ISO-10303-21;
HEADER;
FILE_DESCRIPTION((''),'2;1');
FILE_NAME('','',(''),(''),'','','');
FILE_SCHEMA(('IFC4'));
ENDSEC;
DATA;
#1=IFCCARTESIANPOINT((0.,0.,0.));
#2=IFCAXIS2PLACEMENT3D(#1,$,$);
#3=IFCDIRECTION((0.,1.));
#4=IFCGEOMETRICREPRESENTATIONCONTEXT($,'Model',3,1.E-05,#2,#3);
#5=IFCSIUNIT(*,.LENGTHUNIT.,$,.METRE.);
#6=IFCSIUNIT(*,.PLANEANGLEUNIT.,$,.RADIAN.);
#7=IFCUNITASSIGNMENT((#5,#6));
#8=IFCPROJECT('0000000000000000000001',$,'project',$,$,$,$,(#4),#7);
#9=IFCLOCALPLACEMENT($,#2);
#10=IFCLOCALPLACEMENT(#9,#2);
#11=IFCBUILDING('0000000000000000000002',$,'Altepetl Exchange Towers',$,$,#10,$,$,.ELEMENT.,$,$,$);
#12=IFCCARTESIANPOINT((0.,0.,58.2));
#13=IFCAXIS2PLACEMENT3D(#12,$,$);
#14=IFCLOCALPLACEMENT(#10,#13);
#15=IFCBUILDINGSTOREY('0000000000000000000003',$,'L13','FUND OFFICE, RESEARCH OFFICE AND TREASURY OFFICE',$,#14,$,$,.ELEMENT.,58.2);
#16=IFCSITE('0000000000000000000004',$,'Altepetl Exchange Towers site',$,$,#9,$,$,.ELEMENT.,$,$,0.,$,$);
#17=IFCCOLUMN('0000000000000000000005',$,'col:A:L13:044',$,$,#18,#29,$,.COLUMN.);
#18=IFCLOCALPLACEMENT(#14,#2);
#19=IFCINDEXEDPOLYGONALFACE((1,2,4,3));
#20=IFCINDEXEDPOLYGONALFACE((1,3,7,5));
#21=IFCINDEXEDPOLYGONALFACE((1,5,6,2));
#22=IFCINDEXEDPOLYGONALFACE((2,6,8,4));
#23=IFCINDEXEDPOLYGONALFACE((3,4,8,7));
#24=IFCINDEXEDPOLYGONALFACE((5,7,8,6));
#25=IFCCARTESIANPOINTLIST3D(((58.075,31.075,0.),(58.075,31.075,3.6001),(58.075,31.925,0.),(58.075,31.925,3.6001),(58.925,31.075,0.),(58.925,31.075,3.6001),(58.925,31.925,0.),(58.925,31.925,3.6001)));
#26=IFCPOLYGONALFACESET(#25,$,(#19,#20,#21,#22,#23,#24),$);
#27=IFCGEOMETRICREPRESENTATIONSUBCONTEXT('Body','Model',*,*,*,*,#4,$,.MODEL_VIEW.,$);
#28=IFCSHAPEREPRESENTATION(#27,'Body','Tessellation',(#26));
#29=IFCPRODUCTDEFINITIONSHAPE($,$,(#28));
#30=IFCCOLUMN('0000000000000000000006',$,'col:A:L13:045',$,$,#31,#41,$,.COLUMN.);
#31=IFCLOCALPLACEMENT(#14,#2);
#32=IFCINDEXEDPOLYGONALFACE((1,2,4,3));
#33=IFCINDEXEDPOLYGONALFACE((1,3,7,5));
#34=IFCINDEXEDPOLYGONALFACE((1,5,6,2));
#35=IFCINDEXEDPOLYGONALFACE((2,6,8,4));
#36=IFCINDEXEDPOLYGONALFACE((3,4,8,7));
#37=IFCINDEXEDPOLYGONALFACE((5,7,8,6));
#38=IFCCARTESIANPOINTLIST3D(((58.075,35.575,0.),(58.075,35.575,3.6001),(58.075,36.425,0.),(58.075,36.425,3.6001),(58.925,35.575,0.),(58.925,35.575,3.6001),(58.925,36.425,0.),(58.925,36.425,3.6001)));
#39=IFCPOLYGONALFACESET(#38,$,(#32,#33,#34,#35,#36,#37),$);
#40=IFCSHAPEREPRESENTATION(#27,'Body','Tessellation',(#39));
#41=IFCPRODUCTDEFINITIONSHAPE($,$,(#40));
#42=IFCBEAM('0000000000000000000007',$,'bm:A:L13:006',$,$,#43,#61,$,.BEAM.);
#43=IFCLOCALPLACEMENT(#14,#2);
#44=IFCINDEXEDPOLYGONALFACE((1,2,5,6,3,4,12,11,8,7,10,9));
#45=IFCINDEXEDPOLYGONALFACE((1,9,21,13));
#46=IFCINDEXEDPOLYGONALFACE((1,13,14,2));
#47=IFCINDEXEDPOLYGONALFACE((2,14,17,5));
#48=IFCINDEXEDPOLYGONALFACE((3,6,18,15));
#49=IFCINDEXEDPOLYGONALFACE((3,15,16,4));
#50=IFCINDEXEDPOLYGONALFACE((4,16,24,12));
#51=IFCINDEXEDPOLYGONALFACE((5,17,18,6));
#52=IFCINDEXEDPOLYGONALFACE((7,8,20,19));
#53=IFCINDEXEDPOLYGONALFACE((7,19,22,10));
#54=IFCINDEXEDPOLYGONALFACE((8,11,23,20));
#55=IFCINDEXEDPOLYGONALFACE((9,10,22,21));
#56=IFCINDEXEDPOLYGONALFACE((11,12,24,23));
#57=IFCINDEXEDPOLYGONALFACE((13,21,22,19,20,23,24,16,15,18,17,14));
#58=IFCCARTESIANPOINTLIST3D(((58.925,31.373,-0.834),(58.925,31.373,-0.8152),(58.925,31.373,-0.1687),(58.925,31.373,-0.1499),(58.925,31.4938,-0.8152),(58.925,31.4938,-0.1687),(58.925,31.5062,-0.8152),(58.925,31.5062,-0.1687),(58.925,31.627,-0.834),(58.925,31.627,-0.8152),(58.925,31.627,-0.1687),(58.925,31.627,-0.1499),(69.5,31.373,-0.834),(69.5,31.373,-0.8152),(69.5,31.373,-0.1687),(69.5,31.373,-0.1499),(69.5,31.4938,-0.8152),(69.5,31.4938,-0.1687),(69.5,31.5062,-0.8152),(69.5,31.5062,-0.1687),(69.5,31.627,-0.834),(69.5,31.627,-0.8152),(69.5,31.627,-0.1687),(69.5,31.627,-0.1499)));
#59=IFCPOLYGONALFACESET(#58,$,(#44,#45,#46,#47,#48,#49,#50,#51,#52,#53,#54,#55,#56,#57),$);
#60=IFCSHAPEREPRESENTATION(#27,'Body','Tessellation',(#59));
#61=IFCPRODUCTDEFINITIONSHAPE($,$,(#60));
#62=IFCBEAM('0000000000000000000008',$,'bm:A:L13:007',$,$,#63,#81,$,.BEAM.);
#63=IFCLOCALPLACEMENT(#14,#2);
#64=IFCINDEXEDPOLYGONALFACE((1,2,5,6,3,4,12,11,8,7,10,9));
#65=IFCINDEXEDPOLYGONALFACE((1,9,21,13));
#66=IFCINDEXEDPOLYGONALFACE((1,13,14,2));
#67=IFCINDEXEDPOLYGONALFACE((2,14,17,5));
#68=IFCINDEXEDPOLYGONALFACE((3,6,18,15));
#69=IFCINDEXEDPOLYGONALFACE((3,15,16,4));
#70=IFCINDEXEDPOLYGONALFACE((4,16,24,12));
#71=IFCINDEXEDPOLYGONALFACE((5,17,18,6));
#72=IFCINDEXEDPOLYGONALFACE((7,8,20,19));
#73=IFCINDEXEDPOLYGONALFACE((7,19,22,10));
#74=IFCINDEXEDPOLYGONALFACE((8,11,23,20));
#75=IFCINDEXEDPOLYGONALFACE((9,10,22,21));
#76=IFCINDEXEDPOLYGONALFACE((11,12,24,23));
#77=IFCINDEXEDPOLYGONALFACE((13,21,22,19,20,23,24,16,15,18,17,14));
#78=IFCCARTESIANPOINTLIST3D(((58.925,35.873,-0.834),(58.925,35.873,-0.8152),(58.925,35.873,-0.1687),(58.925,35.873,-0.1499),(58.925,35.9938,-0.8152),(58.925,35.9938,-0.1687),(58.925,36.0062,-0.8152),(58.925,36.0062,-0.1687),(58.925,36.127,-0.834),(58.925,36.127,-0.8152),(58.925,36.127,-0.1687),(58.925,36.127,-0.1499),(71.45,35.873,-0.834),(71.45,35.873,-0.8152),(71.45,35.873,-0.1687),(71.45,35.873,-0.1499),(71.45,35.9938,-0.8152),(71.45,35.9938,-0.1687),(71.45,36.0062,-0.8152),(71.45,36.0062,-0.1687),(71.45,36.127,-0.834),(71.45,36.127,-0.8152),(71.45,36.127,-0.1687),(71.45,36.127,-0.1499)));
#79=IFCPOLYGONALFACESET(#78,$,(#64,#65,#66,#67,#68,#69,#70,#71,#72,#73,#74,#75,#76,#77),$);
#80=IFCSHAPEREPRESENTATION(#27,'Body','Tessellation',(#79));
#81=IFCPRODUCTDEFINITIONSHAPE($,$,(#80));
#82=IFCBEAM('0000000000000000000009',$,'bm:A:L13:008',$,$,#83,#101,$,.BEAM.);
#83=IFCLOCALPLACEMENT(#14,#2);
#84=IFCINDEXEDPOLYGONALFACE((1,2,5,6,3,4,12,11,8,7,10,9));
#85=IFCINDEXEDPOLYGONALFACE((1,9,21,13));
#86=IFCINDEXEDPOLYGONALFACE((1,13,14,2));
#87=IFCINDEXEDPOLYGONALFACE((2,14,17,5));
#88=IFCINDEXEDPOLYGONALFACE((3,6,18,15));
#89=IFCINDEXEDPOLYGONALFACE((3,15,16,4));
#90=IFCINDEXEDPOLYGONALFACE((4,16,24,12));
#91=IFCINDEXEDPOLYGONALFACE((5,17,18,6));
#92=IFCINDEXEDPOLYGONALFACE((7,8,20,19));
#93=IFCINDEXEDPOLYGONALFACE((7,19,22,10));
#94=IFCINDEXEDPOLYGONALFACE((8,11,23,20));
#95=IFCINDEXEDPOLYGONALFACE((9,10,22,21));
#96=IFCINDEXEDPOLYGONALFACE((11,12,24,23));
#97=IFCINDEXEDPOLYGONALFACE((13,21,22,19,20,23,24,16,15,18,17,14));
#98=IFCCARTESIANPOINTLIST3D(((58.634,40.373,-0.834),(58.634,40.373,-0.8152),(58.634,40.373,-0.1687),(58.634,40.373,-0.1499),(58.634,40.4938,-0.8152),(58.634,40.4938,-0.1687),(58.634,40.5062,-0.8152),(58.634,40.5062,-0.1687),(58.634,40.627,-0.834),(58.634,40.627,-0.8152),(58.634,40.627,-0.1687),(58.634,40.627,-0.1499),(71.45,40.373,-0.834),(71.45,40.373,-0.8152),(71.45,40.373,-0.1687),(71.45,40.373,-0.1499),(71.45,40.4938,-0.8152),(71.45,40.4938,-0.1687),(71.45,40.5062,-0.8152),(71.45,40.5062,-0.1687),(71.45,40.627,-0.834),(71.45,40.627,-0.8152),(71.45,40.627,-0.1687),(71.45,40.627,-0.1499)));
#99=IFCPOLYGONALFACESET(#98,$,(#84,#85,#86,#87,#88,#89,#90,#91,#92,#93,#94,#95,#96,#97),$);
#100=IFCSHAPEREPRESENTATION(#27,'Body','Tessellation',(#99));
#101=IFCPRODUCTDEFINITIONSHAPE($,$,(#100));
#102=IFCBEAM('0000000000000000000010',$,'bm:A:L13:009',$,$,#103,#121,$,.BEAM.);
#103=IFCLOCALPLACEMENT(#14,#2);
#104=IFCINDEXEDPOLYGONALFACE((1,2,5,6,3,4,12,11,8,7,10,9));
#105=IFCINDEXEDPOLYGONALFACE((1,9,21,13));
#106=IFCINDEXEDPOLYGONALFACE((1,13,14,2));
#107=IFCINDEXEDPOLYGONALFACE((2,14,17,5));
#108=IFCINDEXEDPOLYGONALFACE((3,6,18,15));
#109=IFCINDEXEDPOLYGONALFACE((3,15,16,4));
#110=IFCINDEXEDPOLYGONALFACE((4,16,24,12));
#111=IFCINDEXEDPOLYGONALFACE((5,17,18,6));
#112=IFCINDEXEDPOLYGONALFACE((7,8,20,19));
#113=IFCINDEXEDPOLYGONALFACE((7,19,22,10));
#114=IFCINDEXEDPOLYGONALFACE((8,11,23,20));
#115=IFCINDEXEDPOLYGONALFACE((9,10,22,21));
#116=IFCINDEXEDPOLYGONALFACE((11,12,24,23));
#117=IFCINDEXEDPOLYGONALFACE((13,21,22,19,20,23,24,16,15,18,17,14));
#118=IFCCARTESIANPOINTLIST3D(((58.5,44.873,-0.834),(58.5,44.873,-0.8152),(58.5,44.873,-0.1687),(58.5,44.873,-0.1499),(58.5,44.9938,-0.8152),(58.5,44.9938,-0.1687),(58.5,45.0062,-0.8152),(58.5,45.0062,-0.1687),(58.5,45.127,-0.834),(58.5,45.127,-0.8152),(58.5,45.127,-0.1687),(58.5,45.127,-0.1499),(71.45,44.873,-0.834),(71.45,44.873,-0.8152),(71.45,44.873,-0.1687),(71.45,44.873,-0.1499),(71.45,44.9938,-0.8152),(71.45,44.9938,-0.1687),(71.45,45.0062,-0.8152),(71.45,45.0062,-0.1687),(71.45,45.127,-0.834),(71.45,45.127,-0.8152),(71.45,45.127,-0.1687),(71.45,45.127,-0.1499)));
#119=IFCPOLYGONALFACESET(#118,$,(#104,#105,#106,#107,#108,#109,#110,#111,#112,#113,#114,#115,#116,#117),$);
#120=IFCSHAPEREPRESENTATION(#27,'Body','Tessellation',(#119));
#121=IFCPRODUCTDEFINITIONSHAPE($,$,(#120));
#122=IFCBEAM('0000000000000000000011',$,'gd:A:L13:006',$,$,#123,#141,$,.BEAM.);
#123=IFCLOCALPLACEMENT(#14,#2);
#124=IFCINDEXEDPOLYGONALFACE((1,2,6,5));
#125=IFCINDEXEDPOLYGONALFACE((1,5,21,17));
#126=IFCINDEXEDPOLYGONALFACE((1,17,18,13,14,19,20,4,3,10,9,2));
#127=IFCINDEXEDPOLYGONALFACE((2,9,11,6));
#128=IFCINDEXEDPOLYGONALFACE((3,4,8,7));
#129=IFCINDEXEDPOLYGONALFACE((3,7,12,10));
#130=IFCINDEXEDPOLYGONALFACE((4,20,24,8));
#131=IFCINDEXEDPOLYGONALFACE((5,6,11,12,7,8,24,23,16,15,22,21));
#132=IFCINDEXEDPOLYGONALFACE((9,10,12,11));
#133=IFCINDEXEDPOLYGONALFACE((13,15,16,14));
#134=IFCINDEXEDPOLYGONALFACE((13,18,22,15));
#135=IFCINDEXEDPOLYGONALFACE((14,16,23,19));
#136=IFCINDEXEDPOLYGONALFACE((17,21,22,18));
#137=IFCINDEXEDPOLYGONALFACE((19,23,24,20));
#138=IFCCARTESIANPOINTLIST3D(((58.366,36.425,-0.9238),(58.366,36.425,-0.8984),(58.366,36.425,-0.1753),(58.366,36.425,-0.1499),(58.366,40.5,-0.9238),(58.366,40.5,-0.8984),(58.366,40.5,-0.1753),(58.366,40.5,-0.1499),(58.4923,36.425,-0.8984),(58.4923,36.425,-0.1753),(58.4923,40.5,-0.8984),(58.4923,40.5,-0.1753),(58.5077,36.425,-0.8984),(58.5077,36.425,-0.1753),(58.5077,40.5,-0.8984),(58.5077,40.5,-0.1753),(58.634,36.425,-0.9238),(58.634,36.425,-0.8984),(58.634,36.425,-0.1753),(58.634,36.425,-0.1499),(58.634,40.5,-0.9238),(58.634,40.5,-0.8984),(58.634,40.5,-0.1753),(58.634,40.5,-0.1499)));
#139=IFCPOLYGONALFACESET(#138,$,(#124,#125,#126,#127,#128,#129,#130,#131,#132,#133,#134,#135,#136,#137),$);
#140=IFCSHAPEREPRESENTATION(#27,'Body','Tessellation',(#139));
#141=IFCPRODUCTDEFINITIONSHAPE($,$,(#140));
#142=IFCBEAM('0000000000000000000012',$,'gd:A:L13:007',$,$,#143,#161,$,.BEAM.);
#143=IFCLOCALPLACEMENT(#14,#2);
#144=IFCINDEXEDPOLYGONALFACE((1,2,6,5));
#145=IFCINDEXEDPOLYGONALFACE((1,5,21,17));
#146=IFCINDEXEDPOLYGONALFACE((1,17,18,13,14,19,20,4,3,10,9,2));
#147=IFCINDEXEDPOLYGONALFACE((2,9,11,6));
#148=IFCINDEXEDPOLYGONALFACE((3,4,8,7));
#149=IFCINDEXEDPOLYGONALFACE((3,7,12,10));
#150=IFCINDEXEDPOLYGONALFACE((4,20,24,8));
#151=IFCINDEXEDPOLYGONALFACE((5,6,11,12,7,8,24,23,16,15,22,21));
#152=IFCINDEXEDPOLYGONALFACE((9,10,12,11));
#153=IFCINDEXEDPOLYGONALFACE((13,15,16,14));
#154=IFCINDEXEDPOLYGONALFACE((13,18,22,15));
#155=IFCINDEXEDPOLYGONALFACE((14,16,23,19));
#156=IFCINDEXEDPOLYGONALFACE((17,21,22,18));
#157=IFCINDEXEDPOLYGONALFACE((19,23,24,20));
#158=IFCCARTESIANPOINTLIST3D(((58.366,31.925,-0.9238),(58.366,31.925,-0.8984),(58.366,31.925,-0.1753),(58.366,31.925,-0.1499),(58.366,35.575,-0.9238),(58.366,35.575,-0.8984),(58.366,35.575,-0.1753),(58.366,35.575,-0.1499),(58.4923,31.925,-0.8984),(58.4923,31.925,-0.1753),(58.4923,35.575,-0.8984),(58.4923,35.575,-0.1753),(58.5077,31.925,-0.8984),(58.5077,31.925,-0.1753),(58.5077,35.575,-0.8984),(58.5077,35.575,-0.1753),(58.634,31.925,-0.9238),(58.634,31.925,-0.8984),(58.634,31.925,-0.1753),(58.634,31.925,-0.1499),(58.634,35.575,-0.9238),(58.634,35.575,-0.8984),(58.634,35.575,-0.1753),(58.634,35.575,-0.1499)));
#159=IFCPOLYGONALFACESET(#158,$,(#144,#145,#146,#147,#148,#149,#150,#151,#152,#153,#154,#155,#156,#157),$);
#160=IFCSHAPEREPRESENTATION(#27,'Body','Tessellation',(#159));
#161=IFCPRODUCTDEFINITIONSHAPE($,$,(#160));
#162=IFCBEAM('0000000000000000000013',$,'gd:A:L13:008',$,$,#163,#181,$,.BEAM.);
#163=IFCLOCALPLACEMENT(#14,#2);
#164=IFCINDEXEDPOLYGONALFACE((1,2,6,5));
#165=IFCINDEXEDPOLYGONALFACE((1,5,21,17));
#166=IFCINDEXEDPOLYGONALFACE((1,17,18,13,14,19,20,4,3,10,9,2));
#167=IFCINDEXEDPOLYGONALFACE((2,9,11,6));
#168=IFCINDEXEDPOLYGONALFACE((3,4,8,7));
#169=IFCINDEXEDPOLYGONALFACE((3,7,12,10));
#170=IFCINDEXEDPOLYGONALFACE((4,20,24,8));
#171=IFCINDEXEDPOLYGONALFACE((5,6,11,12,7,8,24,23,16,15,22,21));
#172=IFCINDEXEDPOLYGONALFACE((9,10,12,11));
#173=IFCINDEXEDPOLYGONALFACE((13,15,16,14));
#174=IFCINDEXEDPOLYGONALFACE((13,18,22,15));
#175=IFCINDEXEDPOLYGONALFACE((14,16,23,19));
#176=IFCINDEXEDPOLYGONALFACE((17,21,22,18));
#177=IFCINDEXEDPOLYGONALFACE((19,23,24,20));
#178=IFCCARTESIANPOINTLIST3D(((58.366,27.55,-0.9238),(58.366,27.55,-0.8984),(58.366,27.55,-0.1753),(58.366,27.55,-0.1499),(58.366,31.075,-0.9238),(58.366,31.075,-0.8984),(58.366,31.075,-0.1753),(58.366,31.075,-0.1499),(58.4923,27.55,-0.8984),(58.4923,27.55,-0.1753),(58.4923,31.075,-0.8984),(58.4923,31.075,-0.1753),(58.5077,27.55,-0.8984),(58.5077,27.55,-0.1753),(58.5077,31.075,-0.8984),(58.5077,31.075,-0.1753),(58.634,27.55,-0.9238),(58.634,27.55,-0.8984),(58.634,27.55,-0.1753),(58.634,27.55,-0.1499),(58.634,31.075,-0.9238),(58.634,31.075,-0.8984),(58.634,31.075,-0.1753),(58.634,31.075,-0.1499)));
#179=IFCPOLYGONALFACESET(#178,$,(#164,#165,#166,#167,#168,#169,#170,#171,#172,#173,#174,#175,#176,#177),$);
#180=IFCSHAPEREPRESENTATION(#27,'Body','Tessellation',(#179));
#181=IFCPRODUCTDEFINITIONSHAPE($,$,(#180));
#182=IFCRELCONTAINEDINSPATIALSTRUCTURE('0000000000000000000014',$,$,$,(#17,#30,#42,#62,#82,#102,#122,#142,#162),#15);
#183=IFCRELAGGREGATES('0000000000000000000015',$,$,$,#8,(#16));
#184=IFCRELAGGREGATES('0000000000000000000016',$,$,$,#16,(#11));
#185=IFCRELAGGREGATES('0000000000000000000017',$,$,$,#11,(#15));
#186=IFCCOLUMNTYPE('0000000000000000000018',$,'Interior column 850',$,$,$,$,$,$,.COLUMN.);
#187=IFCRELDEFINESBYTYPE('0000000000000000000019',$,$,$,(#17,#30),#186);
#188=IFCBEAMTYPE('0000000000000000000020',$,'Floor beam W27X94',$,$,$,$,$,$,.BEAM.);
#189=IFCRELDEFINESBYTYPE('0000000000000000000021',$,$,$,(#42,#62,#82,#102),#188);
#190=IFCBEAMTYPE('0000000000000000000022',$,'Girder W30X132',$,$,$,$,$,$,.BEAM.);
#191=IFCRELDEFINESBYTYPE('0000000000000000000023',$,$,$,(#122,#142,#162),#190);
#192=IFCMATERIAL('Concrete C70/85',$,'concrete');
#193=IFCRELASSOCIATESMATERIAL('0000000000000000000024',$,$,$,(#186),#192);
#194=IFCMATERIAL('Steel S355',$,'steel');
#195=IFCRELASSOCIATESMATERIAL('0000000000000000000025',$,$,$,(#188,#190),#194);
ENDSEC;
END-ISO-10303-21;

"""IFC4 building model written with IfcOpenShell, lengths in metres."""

from ifc_helpers import new_model, si_unit, direction, frame, origin, origin_2d, place, context, subcontext, project, spatial, rectangle, i_section, extrude, material, material_profile, profile_set, type_object, element, save


model = new_model("IFC4")

# Units and contexts
model_context = context("Model", 3, precision=1e-05, world=origin(), true_north=direction((0.0, 1.0)))
body_context = subcontext(model_context, "Body", "Model", "MODEL_VIEW")
ifc_project = project(units=[si_unit("LENGTHUNIT", "METRE"), si_unit("PLANEANGLEUNIT", "RADIAN")], contexts=[model_context])

# Site, building, storey
site_placement = place(None, origin())
site = spatial("IfcSite", under=ifc_project, at=site_placement, Name="Altepetl Exchange Towers site", CompositionType="ELEMENT", RefElevation=0.0)
building_placement = place(site_placement, origin())
building = spatial("IfcBuilding", under=site, at=building_placement, Name="Altepetl Exchange Towers", CompositionType="ELEMENT")
storey_placement = place(building_placement, frame((0.0, 0.0, 58.2)))
storey = spatial("IfcBuildingStorey", under=building, at=storey_placement, Name="L13", Description="FUND OFFICE, RESEARCH OFFICE AND TREASURY OFFICE", CompositionType="ELEMENT", Elevation=58.2)

# Columns
ifc_material_1 = material(Name="Concrete C70/85", Category="concrete")
ifc_material_profile_1 = material_profile(ifc_material_1, rectangle(XDim=0.8501, YDim=0.8501, at=origin_2d()), Name="850 x 850")
ifc_profile_set_1 = profile_set([ifc_material_profile_1], Name="Concrete C70/85")
column_type = type_object("IfcColumnType", Name="Interior column 850", PredefinedType="COLUMN", material=ifc_profile_set_1)
for number, where, name in (
    (1, (58.5, 31.5, 0.0), "col:A:L13:044"),
    (2, (58.5, 36.0, 0.0), "col:A:L13:045"),
):
    element("IfcColumn", number, at=place(storey_placement, frame(where)), inside=storey, type_object=column_type, Name=name, PredefinedType="COLUMN", context=body_context, shape_type="SweptSolid", body=[
        extrude(rectangle(XDim=0.8501, YDim=0.8501, at=origin_2d()), origin(), (0.0, 0.0, 1.0), 3.6001),
    ])

# Beams
ifc_material_2 = material(Name="Steel S355", Category="steel")
ifc_material_profile_2 = material_profile(ifc_material_2, i_section(OverallWidth=0.2539, OverallDepth=0.6841, WebThickness=0.0125, FlangeThickness=0.0188, at=origin_2d()), Name="W27X94")
ifc_profile_set_2 = profile_set([ifc_material_profile_2], Name="Steel S355")
beam_type_1 = type_object("IfcBeamType", Name="Floor beam W27X94", PredefinedType="BEAM", material=ifc_profile_set_2)
beam_1_placement = place(storey_placement, frame((58.925, 31.5, -0.4919), z_axis=(1.0, 0.0, 0.0), x_axis=(0.0, 1.0, 0.0)))
element("IfcBeam", 3, at=beam_1_placement, inside=storey, type_object=beam_type_1, Name="bm:A:L13:006", PredefinedType="BEAM", context=body_context, shape_type="SweptSolid", body=[
    extrude(i_section(OverallWidth=0.2539, OverallDepth=0.6841, WebThickness=0.0125, FlangeThickness=0.0188, at=origin_2d()), origin(), (0.0, 0.0, 1.0), 10.575),
])
beam_2_placement = place(storey_placement, frame((58.925, 36.0, -0.4919), z_axis=(1.0, 0.0, 0.0), x_axis=(0.0, 1.0, 0.0)))
element("IfcBeam", 4, at=beam_2_placement, inside=storey, type_object=beam_type_1, Name="bm:A:L13:007", PredefinedType="BEAM", context=body_context, shape_type="SweptSolid", body=[
    extrude(i_section(OverallWidth=0.2539, OverallDepth=0.6841, WebThickness=0.0125, FlangeThickness=0.0188, at=origin_2d()), origin(), (0.0, 0.0, 1.0), 12.5249),
])
beam_3_placement = place(storey_placement, frame((58.634, 40.5, -0.4919), z_axis=(1.0, 0.0, 0.0), x_axis=(0.0, 1.0, 0.0)))
element("IfcBeam", 5, at=beam_3_placement, inside=storey, type_object=beam_type_1, Name="bm:A:L13:008", PredefinedType="BEAM", context=body_context, shape_type="SweptSolid", body=[
    extrude(i_section(OverallWidth=0.2539, OverallDepth=0.6841, WebThickness=0.0125, FlangeThickness=0.0188, at=origin_2d()), origin(), (0.0, 0.0, 1.0), 12.8159),
])
beam_4_placement = place(storey_placement, frame((58.5, 45.0, -0.4919), z_axis=(1.0, 0.0, 0.0), x_axis=(0.0, 1.0, 0.0)))
element("IfcBeam", 6, at=beam_4_placement, inside=storey, type_object=beam_type_1, Name="bm:A:L13:009", PredefinedType="BEAM", context=body_context, shape_type="SweptSolid", body=[
    extrude(i_section(OverallWidth=0.2539, OverallDepth=0.6841, WebThickness=0.0125, FlangeThickness=0.0188, at=origin_2d()), origin(), (0.0, 0.0, 1.0), 12.95),
])
ifc_material_profile_3 = material_profile(ifc_material_2, i_section(OverallWidth=0.2681, OverallDepth=0.7739, WebThickness=0.0154, FlangeThickness=0.0254, at=origin_2d()), Name="W30X132")
ifc_profile_set_3 = profile_set([ifc_material_profile_3], Name="Steel S355")
beam_type_2 = type_object("IfcBeamType", Name="Girder W30X132", PredefinedType="BEAM", material=ifc_profile_set_3)
beam_5_placement = place(storey_placement, frame((58.5, 40.5, -0.5369), z_axis=(0.0, -1.0, 0.0), x_axis=(1.0, 0.0, 0.0)))
element("IfcBeam", 7, at=beam_5_placement, inside=storey, type_object=beam_type_2, Name="gd:A:L13:006", PredefinedType="BEAM", context=body_context, shape_type="SweptSolid", body=[
    extrude(i_section(OverallWidth=0.2681, OverallDepth=0.7739, WebThickness=0.0154, FlangeThickness=0.0254, at=origin_2d()), origin(), (0.0, 0.0, 1.0), 4.075),
])
beam_6_placement = place(storey_placement, frame((58.5, 35.575, -0.5369), z_axis=(0.0, -1.0, 0.0), x_axis=(1.0, 0.0, 0.0)))
element("IfcBeam", 8, at=beam_6_placement, inside=storey, type_object=beam_type_2, Name="gd:A:L13:007", PredefinedType="BEAM", context=body_context, shape_type="SweptSolid", body=[
    extrude(i_section(OverallWidth=0.2681, OverallDepth=0.7739, WebThickness=0.0154, FlangeThickness=0.0254, at=origin_2d()), origin(), (0.0, 0.0, 1.0), 3.6499),
])
beam_7_placement = place(storey_placement, frame((58.5, 31.075, -0.5369), z_axis=(0.0, -1.0, 0.0), x_axis=(1.0, 0.0, 0.0)))
element("IfcBeam", 9, at=beam_7_placement, inside=storey, type_object=beam_type_2, Name="gd:A:L13:008", PredefinedType="BEAM", context=body_context, shape_type="SweptSolid", body=[
    extrude(i_section(OverallWidth=0.2681, OverallDepth=0.7739, WebThickness=0.0154, FlangeThickness=0.0254, at=origin_2d()), origin(), (0.0, 0.0, 1.0), 3.5249),
])

save(model, "model.ifc")
